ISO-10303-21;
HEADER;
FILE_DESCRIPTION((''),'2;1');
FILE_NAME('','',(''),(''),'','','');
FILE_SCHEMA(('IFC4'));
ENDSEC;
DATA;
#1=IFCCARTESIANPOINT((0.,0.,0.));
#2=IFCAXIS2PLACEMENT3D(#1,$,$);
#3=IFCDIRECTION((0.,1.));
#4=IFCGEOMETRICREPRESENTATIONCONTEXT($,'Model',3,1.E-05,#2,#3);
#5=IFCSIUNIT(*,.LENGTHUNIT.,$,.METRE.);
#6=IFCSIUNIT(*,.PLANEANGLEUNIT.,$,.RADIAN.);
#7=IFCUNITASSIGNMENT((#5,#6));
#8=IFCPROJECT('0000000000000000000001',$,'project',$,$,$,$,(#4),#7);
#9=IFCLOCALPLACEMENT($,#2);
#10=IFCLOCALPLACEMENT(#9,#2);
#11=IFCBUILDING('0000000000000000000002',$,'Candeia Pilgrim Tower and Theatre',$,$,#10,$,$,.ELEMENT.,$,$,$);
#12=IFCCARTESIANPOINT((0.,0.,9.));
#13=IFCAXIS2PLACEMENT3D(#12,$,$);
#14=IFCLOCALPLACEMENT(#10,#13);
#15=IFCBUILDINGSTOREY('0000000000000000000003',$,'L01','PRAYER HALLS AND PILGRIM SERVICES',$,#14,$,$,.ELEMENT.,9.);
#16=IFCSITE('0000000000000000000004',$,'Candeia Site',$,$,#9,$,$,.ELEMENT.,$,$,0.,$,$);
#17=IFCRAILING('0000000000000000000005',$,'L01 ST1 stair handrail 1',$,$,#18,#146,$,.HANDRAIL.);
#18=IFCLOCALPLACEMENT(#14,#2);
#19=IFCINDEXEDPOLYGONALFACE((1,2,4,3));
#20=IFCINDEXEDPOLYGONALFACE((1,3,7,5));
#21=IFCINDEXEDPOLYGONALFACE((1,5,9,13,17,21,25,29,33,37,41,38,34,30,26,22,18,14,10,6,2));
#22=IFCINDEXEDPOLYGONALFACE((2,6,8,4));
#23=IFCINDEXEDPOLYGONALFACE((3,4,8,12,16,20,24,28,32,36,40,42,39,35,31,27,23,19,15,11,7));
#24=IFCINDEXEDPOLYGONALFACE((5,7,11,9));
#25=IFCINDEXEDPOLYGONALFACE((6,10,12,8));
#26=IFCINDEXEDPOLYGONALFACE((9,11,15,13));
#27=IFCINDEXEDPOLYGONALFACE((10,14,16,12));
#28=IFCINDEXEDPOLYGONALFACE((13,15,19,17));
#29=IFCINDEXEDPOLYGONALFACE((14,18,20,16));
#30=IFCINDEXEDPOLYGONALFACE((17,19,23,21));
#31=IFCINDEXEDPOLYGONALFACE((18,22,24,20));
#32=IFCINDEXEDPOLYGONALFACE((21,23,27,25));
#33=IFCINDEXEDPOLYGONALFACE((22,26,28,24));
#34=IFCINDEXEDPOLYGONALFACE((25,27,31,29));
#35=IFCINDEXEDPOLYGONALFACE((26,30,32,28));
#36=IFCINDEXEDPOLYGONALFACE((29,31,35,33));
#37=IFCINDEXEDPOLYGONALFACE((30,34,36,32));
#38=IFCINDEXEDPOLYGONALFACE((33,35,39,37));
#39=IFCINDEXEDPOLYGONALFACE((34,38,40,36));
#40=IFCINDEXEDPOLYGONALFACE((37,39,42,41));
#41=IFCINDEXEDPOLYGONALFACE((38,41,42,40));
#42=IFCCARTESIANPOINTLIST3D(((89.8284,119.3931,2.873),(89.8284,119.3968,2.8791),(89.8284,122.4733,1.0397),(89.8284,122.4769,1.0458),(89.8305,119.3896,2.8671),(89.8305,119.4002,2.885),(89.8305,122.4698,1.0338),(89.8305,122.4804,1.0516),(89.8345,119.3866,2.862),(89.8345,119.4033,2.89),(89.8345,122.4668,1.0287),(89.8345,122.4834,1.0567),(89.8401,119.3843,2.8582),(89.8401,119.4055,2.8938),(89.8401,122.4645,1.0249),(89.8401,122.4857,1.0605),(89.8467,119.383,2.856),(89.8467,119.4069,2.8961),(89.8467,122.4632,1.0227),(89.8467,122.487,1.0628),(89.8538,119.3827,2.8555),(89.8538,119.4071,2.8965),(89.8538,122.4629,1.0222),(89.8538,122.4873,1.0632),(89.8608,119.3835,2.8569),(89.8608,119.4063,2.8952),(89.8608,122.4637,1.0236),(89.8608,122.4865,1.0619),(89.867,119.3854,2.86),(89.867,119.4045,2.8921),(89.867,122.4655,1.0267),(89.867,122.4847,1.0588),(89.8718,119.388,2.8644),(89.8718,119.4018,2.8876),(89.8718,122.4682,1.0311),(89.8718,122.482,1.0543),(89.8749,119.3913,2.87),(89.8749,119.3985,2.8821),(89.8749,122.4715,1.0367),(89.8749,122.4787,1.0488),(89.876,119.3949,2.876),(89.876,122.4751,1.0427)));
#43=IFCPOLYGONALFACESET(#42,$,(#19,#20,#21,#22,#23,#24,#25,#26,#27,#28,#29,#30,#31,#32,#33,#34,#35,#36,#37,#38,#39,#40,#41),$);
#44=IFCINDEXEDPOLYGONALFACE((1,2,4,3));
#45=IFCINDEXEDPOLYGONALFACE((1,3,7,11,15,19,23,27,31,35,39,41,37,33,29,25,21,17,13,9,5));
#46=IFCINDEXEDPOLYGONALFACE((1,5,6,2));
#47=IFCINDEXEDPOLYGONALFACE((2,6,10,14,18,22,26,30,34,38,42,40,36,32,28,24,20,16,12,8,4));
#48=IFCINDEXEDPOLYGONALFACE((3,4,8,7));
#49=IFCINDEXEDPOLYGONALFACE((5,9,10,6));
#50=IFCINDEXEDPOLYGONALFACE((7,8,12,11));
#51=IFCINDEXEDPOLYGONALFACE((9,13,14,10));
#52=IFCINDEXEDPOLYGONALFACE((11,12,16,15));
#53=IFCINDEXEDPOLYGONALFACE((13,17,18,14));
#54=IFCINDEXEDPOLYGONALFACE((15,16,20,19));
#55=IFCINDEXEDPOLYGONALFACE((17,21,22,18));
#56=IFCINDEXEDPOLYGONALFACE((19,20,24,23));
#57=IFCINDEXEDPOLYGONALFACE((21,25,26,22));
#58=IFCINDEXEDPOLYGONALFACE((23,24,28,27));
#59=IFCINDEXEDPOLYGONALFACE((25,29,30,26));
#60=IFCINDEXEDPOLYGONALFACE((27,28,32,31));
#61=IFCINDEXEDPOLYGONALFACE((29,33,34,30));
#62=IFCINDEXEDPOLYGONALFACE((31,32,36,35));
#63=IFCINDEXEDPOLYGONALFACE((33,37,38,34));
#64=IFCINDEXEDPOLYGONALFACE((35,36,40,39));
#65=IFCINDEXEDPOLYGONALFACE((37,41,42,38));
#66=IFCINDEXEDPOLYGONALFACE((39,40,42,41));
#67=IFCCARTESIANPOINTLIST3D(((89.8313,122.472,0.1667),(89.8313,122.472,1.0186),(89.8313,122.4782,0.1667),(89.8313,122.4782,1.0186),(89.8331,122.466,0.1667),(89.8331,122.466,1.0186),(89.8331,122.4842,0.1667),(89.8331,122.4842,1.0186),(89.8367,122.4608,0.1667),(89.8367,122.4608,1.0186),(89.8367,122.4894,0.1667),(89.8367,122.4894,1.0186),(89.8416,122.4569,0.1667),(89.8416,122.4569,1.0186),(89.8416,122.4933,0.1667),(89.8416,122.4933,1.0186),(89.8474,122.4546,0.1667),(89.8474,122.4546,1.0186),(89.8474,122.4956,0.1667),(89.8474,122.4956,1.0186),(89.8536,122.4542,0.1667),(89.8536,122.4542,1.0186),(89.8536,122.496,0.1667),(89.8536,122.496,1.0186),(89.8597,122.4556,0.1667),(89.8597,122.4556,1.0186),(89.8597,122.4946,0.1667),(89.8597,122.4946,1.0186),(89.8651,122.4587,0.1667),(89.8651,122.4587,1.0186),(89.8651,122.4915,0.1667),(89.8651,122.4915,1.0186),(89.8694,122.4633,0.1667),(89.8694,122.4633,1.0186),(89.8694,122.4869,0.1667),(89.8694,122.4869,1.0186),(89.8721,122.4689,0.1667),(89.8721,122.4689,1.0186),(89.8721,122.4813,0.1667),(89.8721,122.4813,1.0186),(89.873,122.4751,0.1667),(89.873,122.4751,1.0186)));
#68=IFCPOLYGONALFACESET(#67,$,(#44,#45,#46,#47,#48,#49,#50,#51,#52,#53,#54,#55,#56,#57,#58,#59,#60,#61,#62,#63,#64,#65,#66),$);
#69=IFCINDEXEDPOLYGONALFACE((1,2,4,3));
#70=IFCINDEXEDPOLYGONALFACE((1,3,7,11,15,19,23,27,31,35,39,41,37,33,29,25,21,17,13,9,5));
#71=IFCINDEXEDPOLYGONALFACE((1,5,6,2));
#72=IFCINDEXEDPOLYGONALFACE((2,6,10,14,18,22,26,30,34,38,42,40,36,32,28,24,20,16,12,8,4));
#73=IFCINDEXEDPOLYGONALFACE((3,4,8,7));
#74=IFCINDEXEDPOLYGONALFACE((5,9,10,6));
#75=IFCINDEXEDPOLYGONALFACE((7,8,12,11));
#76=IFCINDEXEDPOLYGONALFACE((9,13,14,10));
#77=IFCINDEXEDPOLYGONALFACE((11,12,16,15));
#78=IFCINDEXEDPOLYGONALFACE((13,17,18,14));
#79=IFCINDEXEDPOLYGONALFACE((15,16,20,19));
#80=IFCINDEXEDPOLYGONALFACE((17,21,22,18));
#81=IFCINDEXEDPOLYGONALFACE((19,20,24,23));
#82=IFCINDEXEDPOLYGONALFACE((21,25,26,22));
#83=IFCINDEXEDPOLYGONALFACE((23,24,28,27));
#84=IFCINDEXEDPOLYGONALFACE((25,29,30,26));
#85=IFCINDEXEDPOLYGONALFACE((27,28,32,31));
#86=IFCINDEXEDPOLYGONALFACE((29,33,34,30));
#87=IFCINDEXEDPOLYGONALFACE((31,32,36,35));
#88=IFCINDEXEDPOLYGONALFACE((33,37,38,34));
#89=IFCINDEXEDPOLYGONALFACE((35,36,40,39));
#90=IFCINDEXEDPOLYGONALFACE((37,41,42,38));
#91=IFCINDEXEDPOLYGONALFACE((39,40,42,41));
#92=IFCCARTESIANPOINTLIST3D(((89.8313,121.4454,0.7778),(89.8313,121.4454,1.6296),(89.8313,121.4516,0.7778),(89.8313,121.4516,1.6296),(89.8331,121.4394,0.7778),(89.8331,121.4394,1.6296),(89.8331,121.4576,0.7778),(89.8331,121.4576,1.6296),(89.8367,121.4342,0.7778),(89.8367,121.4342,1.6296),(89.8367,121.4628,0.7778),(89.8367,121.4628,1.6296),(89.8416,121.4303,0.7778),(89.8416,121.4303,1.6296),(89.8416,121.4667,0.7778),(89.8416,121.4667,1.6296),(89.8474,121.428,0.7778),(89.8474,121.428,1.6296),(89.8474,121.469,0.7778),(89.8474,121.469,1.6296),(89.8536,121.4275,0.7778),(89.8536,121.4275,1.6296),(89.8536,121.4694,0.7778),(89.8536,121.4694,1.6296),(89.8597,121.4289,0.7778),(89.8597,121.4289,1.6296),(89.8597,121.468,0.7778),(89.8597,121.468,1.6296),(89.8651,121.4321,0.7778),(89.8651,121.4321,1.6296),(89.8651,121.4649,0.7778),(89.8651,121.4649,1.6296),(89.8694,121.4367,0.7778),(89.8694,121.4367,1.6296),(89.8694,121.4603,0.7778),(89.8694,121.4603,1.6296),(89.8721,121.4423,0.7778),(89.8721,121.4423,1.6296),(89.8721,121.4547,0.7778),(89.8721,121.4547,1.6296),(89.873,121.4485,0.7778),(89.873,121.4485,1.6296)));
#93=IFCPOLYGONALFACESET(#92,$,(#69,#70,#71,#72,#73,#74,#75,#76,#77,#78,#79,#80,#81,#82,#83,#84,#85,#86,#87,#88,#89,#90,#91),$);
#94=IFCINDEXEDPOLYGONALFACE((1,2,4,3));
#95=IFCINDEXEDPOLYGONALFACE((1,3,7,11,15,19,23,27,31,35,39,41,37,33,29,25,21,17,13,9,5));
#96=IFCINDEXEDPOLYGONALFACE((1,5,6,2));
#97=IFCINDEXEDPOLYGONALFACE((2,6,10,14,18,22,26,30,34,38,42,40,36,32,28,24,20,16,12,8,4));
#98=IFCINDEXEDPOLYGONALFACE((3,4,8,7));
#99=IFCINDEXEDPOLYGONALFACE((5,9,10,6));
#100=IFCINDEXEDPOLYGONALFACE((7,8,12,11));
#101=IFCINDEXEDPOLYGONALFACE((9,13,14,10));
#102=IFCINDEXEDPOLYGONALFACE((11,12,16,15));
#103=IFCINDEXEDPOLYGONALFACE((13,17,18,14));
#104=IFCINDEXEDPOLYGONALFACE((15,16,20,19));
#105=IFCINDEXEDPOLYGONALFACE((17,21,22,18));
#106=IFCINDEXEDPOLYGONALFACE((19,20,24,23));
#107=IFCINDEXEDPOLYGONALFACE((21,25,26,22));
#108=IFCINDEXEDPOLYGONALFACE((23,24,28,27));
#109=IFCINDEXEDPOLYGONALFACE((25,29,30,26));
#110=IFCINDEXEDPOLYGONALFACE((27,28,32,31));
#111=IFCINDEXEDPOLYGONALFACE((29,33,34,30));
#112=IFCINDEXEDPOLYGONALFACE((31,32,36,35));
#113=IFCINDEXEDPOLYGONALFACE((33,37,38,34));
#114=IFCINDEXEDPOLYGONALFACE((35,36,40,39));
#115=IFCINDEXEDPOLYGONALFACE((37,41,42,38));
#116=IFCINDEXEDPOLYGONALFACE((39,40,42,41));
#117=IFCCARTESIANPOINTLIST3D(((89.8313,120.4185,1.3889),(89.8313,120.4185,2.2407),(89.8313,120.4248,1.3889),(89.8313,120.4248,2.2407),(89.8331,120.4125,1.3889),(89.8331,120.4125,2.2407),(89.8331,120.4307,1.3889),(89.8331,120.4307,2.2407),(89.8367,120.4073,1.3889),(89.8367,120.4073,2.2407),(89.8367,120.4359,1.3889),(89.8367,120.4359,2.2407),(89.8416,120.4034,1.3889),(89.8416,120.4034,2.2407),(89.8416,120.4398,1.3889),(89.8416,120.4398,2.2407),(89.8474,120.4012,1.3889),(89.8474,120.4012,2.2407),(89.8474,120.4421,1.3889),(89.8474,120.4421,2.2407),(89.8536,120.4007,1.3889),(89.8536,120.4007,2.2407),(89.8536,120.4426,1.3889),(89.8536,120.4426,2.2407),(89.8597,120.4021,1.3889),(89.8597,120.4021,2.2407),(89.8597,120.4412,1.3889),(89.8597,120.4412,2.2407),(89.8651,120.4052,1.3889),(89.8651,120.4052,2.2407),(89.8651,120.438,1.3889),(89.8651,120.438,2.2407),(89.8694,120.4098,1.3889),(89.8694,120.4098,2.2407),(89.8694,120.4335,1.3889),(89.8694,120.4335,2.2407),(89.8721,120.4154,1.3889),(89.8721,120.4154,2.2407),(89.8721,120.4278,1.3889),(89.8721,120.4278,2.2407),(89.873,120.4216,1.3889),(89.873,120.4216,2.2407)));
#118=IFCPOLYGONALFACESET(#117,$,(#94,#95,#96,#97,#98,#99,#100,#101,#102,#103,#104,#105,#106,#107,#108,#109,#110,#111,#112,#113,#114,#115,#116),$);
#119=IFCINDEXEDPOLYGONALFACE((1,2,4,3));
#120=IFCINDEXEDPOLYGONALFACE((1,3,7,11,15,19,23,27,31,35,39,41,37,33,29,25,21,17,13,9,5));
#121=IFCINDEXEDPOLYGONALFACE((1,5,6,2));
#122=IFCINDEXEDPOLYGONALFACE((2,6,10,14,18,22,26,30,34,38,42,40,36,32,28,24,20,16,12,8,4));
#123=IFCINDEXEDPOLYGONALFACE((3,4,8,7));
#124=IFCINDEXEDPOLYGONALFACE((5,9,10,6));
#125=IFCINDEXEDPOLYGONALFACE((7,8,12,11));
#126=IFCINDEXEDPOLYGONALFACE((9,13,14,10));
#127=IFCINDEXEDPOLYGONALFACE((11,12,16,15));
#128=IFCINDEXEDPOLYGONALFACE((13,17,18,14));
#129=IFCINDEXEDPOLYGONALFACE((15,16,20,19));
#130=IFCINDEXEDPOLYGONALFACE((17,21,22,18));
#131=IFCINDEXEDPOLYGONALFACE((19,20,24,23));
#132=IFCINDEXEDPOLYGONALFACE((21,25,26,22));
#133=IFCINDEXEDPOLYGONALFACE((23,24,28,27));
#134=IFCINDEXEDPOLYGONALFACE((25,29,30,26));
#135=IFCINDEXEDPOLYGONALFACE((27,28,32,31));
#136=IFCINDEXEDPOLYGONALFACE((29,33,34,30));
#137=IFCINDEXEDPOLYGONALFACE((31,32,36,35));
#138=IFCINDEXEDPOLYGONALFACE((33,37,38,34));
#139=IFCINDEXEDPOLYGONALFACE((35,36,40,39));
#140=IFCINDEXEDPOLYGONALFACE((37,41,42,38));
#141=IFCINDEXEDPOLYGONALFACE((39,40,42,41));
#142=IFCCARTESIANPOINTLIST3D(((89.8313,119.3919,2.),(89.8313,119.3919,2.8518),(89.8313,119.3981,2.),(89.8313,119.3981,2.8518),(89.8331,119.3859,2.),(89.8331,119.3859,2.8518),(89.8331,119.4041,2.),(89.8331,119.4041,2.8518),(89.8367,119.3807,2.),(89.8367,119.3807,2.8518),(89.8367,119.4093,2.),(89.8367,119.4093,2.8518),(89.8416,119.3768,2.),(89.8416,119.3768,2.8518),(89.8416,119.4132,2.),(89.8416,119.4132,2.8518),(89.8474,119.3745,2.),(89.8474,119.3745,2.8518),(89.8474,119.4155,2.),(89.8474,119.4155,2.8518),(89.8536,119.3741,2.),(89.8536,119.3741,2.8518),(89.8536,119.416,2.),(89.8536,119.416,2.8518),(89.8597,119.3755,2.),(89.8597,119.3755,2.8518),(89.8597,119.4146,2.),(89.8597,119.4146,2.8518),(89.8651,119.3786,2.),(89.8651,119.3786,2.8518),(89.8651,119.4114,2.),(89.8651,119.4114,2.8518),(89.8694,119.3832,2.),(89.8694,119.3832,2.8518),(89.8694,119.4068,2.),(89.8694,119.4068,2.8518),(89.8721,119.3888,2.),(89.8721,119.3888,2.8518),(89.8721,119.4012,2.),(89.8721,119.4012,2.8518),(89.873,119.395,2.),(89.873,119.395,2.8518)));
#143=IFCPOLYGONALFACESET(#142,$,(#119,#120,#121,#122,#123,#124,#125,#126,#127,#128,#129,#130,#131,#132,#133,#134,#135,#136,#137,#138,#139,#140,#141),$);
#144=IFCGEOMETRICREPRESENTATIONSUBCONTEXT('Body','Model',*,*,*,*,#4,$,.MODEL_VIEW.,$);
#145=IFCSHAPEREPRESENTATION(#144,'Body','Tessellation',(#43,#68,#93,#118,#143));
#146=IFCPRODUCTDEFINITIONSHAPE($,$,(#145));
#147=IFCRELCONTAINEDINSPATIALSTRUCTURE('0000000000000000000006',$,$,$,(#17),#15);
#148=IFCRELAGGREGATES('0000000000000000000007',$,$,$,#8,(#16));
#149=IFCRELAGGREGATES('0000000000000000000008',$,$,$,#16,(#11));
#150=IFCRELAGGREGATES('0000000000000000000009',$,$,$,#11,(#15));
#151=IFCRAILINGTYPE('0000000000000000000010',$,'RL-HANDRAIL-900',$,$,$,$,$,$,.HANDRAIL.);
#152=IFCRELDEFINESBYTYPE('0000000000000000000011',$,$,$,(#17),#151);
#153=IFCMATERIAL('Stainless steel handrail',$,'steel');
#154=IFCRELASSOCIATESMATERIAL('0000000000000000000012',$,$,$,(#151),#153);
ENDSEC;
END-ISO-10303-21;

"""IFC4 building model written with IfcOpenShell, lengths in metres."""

from ifc_helpers import new_model, si_unit, direction, frame, origin, origin_2d, place, context, subcontext, project, spatial, circle, extrude, material, type_object, element, save


model = new_model("IFC4")

# Units and contexts
model_context = context("Model", 3, precision=1e-05, world=origin(), true_north=direction((0.0, 1.0)))
body_context = subcontext(model_context, "Body", "Model", "MODEL_VIEW")
ifc_project = project(units=[si_unit("LENGTHUNIT", "METRE"), si_unit("PLANEANGLEUNIT", "RADIAN")], contexts=[model_context])

# Site, building, storey
site_placement = place(None, origin())
site = spatial("IfcSite", under=ifc_project, at=site_placement, Name="Candeia Site", CompositionType="ELEMENT", RefElevation=0.0)
building_placement = place(site_placement, origin())
building = spatial("IfcBuilding", under=site, at=building_placement, Name="Candeia Pilgrim Tower and Theatre", CompositionType="ELEMENT")
storey_placement = place(building_placement, frame((0.0, 0.0, 9.0)))
storey = spatial("IfcBuildingStorey", under=building, at=storey_placement, Name="L01", Description="PRAYER HALLS AND PILGRIM SERVICES", CompositionType="ELEMENT", Elevation=9.0)

# Railing
ifc_material_1 = material(Name="Stainless steel handrail", Category="steel")
railing_type_1 = type_object("IfcRailingType", Name="RL-HANDRAIL-900", PredefinedType="HANDRAIL", material=ifc_material_1)
for number, where, name in (
    (1, (89.8521, 122.4751, 0.1667), "L01 ST1 stair handrail 1"),
):
    element("IfcRailing", number, at=place(storey_placement, frame(where)), inside=storey, type_object=railing_type_1, Name=name, PredefinedType="HANDRAIL", context=body_context, shape_type="SweptSolid", body=[
        extrude(circle(Radius=0.0239, at=origin_2d()), frame((0.0, 0.0, 0.876), z_axis=(0.0, -0.859309, 0.511458), x_axis=(1.0, 0.0, 0.0)), (0.0, 0.0, 1.0), 3.5845),
        extrude(circle(Radius=0.021, at=origin_2d()), origin(), (0.0, 0.0, 1.0), 0.8518),
        extrude(circle(Radius=0.021, at=origin_2d()), frame((0.0, -1.0266, 0.6111)), (0.0, 0.0, 1.0), 0.8518),
        extrude(circle(Radius=0.021, at=origin_2d()), frame((0.0, -2.0535, 1.2222)), (0.0, 0.0, 1.0), 0.8518),
        extrude(circle(Radius=0.021, at=origin_2d()), frame((0.0, -3.0801, 1.8333)), (0.0, 0.0, 1.0), 0.8518),
    ])

save(model, "model.ifc")
